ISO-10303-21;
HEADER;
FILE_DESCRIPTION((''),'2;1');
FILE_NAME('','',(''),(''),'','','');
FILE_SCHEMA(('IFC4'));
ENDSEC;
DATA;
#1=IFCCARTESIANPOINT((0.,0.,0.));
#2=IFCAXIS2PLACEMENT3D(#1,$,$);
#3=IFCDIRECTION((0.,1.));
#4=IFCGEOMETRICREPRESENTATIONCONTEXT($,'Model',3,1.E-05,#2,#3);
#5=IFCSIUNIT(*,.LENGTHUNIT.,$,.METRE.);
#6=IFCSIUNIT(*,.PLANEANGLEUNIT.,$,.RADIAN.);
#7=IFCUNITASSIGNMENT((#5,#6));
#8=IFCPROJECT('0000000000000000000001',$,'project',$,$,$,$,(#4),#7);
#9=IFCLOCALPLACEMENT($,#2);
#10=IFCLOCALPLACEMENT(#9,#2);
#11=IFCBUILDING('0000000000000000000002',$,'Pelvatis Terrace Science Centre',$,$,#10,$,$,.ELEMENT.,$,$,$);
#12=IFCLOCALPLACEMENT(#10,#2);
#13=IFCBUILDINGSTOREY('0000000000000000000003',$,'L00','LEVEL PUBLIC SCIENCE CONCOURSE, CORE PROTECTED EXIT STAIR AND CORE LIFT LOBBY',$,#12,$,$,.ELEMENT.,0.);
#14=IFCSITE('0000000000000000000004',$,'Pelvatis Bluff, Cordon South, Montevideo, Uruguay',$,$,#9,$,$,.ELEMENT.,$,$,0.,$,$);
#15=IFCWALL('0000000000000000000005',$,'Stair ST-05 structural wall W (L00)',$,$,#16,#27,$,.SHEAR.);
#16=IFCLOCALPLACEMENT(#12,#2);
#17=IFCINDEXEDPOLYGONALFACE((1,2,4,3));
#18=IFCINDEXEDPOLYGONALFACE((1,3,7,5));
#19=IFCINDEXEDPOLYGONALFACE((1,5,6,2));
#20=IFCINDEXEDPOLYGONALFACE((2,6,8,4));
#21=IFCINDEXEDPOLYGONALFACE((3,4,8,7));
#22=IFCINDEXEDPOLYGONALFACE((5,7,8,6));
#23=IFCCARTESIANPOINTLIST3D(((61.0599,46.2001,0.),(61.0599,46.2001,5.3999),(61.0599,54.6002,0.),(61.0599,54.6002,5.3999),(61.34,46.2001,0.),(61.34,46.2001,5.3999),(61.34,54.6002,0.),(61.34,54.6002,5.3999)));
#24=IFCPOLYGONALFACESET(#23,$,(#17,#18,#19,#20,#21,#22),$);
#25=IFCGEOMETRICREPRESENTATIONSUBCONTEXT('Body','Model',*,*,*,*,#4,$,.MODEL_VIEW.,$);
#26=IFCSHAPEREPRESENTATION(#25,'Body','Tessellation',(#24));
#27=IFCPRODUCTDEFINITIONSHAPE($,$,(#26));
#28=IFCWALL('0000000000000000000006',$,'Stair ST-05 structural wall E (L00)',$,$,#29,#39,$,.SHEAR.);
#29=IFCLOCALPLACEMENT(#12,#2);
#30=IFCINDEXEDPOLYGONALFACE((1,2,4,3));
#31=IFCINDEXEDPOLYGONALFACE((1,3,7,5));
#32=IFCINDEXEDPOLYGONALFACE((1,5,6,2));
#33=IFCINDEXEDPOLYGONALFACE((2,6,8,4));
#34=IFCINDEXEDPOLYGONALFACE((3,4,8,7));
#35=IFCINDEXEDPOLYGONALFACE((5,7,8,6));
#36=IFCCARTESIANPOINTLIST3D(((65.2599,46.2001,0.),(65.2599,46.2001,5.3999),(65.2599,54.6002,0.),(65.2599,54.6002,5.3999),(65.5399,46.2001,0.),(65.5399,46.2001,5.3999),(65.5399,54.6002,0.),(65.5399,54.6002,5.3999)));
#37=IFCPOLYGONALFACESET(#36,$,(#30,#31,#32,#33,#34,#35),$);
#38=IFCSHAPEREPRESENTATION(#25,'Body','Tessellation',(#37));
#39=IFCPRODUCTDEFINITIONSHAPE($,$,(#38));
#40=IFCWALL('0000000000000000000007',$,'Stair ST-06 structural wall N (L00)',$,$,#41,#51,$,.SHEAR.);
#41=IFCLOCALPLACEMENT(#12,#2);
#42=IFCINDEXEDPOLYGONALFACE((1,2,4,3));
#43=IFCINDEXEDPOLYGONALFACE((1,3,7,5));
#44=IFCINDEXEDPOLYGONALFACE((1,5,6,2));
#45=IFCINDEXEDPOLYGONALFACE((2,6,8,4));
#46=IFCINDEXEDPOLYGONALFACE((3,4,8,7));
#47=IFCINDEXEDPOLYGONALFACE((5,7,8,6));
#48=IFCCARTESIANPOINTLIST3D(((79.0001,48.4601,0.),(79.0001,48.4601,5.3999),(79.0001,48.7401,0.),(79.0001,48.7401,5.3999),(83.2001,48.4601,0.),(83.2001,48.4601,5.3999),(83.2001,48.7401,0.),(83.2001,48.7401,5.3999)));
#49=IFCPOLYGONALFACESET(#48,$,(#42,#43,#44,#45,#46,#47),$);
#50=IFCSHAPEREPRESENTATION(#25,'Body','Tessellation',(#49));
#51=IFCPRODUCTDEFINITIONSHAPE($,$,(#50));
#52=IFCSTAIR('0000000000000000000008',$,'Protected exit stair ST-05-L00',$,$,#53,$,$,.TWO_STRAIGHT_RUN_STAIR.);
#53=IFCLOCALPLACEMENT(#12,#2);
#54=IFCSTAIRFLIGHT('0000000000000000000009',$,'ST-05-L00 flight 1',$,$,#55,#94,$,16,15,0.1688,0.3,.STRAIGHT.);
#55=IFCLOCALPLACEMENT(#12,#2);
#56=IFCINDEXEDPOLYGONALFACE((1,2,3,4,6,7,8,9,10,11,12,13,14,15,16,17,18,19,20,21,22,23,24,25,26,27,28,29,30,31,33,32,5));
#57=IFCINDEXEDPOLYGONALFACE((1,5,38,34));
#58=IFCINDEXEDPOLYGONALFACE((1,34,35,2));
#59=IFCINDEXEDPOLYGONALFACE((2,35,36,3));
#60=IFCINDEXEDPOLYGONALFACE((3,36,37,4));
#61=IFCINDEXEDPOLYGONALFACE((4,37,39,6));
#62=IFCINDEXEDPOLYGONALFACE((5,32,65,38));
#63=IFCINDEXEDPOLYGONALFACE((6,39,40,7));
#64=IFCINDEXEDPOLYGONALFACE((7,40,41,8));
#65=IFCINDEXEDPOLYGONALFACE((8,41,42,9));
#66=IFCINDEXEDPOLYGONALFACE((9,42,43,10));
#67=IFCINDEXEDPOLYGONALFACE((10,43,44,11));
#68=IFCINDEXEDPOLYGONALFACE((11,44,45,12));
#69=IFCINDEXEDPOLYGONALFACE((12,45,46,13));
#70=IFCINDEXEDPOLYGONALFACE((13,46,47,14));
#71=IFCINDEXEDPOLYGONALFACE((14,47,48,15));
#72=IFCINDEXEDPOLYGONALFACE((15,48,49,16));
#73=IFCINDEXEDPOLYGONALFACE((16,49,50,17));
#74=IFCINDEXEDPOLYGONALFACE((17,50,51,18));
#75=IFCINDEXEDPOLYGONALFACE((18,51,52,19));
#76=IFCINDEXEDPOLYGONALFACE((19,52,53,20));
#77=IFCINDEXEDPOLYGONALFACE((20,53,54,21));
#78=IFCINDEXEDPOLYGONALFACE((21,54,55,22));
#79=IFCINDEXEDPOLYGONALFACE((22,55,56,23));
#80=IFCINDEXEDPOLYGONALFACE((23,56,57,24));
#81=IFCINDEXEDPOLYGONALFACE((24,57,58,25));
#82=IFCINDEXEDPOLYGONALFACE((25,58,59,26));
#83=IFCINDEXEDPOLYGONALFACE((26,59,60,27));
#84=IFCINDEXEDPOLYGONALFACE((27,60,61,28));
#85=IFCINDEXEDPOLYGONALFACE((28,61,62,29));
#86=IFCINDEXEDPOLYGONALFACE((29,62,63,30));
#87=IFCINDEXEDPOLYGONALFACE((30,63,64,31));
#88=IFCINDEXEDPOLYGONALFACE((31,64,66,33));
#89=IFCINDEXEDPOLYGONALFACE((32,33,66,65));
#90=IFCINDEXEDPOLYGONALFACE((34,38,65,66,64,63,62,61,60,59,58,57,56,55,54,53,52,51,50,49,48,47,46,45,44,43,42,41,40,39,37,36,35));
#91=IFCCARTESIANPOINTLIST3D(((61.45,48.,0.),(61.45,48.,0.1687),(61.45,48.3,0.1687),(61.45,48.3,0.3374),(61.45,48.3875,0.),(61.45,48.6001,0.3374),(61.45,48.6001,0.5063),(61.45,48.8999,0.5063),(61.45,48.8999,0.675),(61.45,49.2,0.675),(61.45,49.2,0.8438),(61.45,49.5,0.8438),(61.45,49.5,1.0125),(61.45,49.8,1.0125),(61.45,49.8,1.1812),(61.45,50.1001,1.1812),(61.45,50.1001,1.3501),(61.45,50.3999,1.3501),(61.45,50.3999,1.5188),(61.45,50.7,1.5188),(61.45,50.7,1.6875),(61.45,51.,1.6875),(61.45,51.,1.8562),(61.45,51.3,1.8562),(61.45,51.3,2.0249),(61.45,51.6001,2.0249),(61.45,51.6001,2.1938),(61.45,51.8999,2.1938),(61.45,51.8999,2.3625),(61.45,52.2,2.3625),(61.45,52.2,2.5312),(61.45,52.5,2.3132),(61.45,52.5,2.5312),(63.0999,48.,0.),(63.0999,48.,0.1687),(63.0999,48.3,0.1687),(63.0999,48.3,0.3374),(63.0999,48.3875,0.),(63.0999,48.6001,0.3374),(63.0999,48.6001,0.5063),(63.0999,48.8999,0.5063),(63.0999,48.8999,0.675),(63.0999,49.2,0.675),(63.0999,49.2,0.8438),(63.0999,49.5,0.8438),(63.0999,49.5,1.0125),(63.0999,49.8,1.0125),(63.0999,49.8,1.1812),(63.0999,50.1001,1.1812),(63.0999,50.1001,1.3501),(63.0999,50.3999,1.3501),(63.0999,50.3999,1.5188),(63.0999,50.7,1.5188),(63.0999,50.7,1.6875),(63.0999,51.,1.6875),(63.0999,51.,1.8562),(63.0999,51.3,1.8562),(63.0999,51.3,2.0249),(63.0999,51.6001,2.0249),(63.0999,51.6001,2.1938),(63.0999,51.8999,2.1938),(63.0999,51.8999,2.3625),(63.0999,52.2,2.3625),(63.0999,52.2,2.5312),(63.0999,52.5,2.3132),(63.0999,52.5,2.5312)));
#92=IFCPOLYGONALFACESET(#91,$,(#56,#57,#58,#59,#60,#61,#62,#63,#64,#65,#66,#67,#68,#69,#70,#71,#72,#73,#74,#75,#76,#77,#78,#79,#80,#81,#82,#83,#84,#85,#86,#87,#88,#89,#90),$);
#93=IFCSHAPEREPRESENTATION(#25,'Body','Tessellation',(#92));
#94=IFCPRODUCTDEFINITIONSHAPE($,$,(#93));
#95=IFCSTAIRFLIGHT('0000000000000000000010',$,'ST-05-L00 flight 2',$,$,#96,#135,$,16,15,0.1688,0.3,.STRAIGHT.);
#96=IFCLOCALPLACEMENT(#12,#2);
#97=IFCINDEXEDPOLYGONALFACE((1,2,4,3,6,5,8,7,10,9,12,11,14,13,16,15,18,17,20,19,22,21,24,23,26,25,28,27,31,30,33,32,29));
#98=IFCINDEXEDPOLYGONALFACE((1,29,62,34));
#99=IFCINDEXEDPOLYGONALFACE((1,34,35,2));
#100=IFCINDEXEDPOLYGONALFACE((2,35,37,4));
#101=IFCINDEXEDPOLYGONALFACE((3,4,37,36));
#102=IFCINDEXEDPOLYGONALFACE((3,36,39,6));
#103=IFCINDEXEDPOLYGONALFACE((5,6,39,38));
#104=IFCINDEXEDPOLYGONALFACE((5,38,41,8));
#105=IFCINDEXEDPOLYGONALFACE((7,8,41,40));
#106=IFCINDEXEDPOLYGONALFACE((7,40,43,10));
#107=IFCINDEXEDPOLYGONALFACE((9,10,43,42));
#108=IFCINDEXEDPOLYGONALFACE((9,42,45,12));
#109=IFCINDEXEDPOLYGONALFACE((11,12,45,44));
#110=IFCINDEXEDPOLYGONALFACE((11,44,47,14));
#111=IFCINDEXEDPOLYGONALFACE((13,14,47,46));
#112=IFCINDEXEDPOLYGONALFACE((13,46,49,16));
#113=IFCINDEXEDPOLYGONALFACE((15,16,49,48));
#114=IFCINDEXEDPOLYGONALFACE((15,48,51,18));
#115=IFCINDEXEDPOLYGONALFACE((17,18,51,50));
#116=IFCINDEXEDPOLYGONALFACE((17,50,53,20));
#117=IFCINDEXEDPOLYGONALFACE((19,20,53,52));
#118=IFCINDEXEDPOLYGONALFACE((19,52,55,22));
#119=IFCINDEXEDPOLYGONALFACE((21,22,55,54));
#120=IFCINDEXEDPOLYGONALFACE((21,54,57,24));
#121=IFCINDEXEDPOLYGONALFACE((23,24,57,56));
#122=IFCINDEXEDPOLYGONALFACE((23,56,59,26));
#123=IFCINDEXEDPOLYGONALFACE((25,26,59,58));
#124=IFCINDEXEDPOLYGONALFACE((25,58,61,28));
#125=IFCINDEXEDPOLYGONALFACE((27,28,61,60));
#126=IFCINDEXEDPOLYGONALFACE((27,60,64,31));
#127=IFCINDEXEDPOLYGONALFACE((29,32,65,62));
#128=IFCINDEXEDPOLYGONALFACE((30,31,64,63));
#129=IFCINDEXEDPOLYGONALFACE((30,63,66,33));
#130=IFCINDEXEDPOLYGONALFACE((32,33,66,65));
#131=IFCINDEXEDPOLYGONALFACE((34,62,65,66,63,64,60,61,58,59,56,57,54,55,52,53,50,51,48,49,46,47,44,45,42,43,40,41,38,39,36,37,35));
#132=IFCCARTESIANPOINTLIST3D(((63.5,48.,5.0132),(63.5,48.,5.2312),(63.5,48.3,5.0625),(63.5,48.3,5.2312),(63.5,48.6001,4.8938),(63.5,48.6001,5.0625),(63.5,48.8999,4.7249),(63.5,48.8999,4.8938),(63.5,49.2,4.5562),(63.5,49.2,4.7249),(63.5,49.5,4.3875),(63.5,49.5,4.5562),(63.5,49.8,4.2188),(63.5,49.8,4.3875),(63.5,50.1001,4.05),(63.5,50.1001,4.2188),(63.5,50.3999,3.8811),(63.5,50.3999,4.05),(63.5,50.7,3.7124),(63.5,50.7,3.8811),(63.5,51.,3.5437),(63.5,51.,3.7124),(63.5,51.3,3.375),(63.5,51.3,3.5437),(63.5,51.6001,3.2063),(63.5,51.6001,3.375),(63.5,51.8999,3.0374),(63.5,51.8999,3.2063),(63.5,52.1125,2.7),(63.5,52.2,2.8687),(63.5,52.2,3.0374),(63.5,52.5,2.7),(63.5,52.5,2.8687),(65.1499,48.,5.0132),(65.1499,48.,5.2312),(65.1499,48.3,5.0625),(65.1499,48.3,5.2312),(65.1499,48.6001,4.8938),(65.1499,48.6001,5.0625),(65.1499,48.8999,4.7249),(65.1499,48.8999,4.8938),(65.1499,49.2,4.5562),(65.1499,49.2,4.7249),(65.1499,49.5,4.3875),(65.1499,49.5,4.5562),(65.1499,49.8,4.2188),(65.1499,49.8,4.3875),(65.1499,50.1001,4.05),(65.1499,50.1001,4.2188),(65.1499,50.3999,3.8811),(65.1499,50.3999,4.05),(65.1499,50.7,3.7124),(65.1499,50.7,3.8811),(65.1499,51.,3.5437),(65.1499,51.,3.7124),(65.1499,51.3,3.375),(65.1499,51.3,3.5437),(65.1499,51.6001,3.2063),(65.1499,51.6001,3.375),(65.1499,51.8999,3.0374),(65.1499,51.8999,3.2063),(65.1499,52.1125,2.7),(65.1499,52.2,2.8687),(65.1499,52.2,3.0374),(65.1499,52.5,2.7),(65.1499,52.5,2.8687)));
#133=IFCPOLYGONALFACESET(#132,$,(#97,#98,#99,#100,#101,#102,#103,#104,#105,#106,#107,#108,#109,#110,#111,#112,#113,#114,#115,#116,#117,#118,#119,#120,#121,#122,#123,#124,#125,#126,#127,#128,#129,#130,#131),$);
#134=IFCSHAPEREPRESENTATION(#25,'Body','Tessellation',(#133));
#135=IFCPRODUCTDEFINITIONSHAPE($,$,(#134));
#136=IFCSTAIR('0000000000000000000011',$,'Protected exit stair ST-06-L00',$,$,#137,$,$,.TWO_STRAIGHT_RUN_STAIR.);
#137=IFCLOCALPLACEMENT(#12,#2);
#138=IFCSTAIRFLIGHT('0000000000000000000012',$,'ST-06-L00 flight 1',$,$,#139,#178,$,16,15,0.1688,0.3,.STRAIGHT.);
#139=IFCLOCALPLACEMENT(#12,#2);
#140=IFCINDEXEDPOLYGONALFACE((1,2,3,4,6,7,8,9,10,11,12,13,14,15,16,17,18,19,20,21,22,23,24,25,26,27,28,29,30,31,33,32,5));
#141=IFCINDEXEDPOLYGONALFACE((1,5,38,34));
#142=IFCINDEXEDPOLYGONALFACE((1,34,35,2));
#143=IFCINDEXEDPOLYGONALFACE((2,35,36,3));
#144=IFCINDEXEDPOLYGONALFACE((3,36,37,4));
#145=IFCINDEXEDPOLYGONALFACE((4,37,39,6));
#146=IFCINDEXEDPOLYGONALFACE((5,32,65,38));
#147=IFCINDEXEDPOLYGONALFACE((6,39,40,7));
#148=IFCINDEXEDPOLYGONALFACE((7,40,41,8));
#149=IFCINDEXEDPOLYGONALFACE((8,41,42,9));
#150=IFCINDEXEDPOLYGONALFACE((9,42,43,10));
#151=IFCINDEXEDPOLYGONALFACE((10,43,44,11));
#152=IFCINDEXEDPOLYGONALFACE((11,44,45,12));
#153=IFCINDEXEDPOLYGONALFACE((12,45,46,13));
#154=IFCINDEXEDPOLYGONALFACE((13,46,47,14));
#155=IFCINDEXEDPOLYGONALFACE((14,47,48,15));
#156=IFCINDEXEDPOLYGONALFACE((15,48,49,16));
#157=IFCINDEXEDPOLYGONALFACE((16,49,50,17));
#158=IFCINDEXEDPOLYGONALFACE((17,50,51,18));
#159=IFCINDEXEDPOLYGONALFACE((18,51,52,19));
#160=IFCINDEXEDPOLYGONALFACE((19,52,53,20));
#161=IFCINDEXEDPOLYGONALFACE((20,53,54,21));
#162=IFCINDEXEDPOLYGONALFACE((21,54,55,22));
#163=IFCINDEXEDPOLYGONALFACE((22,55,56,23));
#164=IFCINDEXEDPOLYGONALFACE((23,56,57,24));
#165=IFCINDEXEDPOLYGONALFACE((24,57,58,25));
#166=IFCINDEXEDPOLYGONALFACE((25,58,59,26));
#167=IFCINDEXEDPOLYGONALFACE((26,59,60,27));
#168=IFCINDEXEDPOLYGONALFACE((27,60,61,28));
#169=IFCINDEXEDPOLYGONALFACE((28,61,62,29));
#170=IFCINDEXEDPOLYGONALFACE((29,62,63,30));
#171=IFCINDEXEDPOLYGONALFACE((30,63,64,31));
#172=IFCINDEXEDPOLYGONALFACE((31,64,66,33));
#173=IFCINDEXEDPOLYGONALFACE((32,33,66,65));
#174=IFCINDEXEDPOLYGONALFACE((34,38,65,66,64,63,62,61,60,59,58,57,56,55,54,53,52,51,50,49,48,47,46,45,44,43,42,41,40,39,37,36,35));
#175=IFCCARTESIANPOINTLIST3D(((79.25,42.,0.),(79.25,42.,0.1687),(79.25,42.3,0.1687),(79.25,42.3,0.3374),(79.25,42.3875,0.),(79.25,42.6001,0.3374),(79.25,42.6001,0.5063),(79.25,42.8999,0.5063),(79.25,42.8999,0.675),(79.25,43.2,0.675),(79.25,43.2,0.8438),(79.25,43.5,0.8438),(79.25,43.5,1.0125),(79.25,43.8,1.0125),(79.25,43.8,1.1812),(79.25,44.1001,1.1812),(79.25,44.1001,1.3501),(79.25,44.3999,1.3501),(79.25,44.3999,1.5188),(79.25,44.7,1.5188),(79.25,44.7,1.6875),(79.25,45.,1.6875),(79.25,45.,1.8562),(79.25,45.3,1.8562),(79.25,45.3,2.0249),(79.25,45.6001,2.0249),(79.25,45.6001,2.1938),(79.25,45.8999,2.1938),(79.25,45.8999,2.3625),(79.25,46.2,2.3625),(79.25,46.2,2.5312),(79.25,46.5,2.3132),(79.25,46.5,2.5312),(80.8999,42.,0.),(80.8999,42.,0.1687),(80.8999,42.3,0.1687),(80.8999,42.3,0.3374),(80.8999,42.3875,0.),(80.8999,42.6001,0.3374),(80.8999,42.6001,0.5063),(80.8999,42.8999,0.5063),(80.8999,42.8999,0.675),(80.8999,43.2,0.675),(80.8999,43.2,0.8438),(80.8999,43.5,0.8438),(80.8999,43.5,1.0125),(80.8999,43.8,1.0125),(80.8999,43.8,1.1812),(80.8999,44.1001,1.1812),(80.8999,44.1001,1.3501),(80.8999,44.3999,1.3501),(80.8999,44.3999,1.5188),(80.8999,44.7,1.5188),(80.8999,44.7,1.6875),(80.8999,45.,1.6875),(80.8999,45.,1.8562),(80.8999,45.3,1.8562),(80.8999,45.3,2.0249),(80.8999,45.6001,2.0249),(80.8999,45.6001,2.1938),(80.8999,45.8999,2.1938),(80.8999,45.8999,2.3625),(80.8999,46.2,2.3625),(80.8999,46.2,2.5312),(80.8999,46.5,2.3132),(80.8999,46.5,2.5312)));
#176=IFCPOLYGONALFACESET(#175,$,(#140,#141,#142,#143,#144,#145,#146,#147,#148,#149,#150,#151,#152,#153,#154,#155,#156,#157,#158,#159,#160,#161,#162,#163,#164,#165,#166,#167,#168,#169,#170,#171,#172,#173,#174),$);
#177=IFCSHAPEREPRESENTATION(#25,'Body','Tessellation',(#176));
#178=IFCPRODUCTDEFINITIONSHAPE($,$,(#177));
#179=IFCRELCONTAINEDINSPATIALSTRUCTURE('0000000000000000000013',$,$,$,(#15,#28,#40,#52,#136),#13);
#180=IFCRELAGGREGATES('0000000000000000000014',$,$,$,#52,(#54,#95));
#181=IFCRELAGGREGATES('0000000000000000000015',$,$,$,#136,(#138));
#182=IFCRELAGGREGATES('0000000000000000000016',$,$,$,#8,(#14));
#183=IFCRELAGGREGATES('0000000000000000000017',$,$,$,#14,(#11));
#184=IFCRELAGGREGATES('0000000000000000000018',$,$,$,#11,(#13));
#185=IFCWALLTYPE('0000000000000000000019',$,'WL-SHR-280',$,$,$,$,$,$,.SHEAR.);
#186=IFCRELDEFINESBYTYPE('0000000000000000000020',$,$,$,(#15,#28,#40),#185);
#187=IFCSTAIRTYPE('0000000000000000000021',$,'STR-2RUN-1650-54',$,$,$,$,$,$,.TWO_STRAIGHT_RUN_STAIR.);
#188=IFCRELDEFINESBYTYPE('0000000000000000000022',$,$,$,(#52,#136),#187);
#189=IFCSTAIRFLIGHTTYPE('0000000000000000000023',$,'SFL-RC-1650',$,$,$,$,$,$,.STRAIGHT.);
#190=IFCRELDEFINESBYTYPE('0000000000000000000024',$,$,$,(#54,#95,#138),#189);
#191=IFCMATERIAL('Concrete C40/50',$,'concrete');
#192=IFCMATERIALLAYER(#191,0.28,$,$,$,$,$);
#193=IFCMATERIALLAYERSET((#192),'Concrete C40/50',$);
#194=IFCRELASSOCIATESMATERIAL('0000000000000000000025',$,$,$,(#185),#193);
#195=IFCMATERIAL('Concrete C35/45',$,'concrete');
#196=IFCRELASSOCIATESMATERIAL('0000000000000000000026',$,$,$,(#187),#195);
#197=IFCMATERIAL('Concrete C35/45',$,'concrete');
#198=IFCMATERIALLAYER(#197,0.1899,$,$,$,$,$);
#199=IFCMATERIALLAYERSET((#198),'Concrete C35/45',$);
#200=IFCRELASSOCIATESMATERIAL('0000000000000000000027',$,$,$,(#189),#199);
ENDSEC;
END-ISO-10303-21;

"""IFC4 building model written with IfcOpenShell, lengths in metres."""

from ifc_helpers import new_model, si_unit, direction, frame, frame_2d, origin, place, context, subcontext, project, spatial, polyline, rectangle, outline, extrude, material, layer, layer_set, type_object, element, aggregate, save


model = new_model("IFC4")

# Units and contexts
model_context = context("Model", 3, precision=1e-05, world=origin(), true_north=direction((0.0, 1.0)))
body_context = subcontext(model_context, "Body", "Model", "MODEL_VIEW")
ifc_project = project(units=[si_unit("LENGTHUNIT", "METRE"), si_unit("PLANEANGLEUNIT", "RADIAN")], contexts=[model_context])

# Site, building, storey
site_placement = place(None, origin())
site = spatial("IfcSite", under=ifc_project, at=site_placement, Name="Pelvatis Bluff, Cordon South, Montevideo, Uruguay", CompositionType="ELEMENT", RefElevation=0.0)
building_placement = place(site_placement, origin())
building = spatial("IfcBuilding", under=site, at=building_placement, Name="Pelvatis Terrace Science Centre", CompositionType="ELEMENT")
storey_placement = place(building_placement, origin())
storey = spatial("IfcBuildingStorey", under=building, at=storey_placement, Name="L00", Description="LEVEL PUBLIC SCIENCE CONCOURSE, CORE PROTECTED EXIT STAIR AND CORE LIFT LOBBY", CompositionType="ELEMENT", Elevation=0.0)

# Walls
ifc_material_1 = material(Name="Concrete C40/50", Category="concrete")
ifc_layer_1 = layer(ifc_material_1, 0.28)
ifc_layer_set_1 = layer_set([ifc_layer_1], Name="Concrete C40/50")
wall_type_1 = type_object("IfcWallType", Name="WL-SHR-280", PredefinedType="SHEAR", material=ifc_layer_set_1)
for number, where, z_axis, x_axis, name in (
    (1, (61.2, 46.2, 0.0), (0.0, 0.0, 1.0), (0.0, 1.0, 0.0), "Stair ST-05 structural wall W (L00)"),
    (2, (65.3999, 46.2, 0.0), (0.0, 0.0, 1.0), (0.0, 1.0, 0.0), "Stair ST-05 structural wall E (L00)"),
):
    element("IfcWall", number, at=place(storey_placement, frame(where, z_axis=z_axis, x_axis=x_axis)), inside=storey, type_object=wall_type_1, Name=name, PredefinedType="SHEAR", context=body_context, shape_type="SweptSolid", body=[
        extrude(rectangle(XDim=8.4001, YDim=0.28, at=frame_2d((4.2002, 0.0))), origin(), (0.0, 0.0, 1.0), 5.3999),
    ])
wall_1_placement = place(storey_placement, frame((79.0, 48.6001, 0.0), z_axis=(0.0, 0.0, 1.0), x_axis=(1.0, 0.0, 0.0)))
element("IfcWall", 3, at=wall_1_placement, inside=storey, type_object=wall_type_1, Name="Stair ST-06 structural wall N (L00)", PredefinedType="SHEAR", context=body_context, shape_type="SweptSolid", body=[
    extrude(rectangle(XDim=4.2, YDim=0.28, at=frame_2d((2.1001, 0.0))), origin(), (0.0, 0.0, 1.0), 5.3999),
])

# Stair, stair flights
ifc_material_2 = material(Name="Concrete C35/45", Category="concrete")
stair_type = type_object("IfcStairType", Name="STR-2RUN-1650-54", PredefinedType="TWO_STRAIGHT_RUN_STAIR", material=ifc_material_2)
stair_1_placement = place(storey_placement, origin())
stair_1 = element("IfcStair", 4, at=stair_1_placement, inside=storey, type_object=stair_type, Name="Protected exit stair ST-05-L00", PredefinedType="TWO_STRAIGHT_RUN_STAIR")
ifc_material_3 = material(Name="Concrete C35/45", Category="concrete")
ifc_layer_2 = layer(ifc_material_3, 0.1899)
ifc_layer_set_2 = layer_set([ifc_layer_2], Name="Concrete C35/45")
stair_flight_type = type_object("IfcStairFlightType", Name="SFL-RC-1650", PredefinedType="STRAIGHT", material=ifc_layer_set_2)
stair_flight_1_placement = place(storey_placement, frame((62.2749, 48.0, 0.0), z_axis=(0.0, 0.0, 1.0), x_axis=(0.0, 1.0, 0.0)))
stair_flight_1 = element("IfcStairFlight", 5, at=stair_flight_1_placement, type_object=stair_flight_type, Name="ST-05-L00 flight 1", NumberOfRisers=16, NumberOfTreads=15, PredefinedType="STRAIGHT", RiserHeight=0.1688, TreadLength=0.3, context=body_context, shape_type="SweptSolid", body=[
    extrude(outline(polyline([(0.0, 0.0), (0.0, 0.1687), (0.3, 0.1687), (0.3, 0.3374), (0.6001, 0.3374), (0.6001, 0.5063), (0.8999, 0.5063), (0.8999, 0.675), (1.2, 0.675), (1.2, 0.8438), (1.5, 0.8438), (1.5, 1.0125), (1.8, 1.0125), (1.8, 1.1812), (2.1001, 1.1812), (2.1001, 1.3501), (2.3999, 1.3501), (2.3999, 1.5188), (2.7, 1.5188), (2.7, 1.6875), (3.0, 1.6875), (3.0, 1.8562), (3.3, 1.8562), (3.3, 2.0249), (3.6001, 2.0249), (3.6001, 2.1938), (3.8999, 2.1938), (3.8999, 2.3625), (4.2, 2.3625), (4.2, 2.5312), (4.5, 2.5312), (4.5, 2.7), (4.5, 2.3132), (0.3875, 0.0), (0.0, 0.0)])), frame((0.0, 0.825, 0.0), z_axis=(0.0, -1.0, 0.0), x_axis=(1.0, 0.0, 0.0)), (0.0, 0.0, 1.0), 1.6499),
])
stair_flight_2_placement = place(storey_placement, frame((64.325, 52.5, 2.7), z_axis=(0.0, 0.0, 1.0), x_axis=(0.0, -1.0, 0.0)))
stair_flight_2 = element("IfcStairFlight", 6, at=stair_flight_2_placement, type_object=stair_flight_type, Name="ST-05-L00 flight 2", NumberOfRisers=16, NumberOfTreads=15, PredefinedType="STRAIGHT", RiserHeight=0.1688, TreadLength=0.3, context=body_context, shape_type="SweptSolid", body=[
    extrude(outline(polyline([(0.0, 0.0), (0.0, 0.1687), (0.3, 0.1687), (0.3, 0.3374), (0.6001, 0.3374), (0.6001, 0.5063), (0.8999, 0.5063), (0.8999, 0.675), (1.2, 0.675), (1.2, 0.8438), (1.5, 0.8438), (1.5, 1.0125), (1.8, 1.0125), (1.8, 1.1812), (2.1001, 1.1812), (2.1001, 1.3501), (2.3999, 1.3501), (2.3999, 1.5188), (2.7, 1.5188), (2.7, 1.6875), (3.0, 1.6875), (3.0, 1.8562), (3.3, 1.8562), (3.3, 2.0249), (3.6001, 2.0249), (3.6001, 2.1938), (3.8999, 2.1938), (3.8999, 2.3625), (4.2, 2.3625), (4.2, 2.5312), (4.5, 2.5312), (4.5, 2.7), (4.5, 2.3132), (0.3875, 0.0), (0.0, 0.0)])), frame((0.0, 0.825, 0.0), z_axis=(0.0, -1.0, 0.0), x_axis=(1.0, 0.0, 0.0)), (0.0, 0.0, 1.0), 1.6499),
])
aggregate(stair_1, [stair_flight_1, stair_flight_2])

# Stair, stair flight
stair_2_placement = place(storey_placement, origin())
stair_2 = element("IfcStair", 7, at=stair_2_placement, inside=storey, type_object=stair_type, Name="Protected exit stair ST-06-L00", PredefinedType="TWO_STRAIGHT_RUN_STAIR")
stair_flight_3_placement = place(storey_placement, frame((80.075, 42.0, 0.0), z_axis=(0.0, 0.0, 1.0), x_axis=(0.0, 1.0, 0.0)))
stair_flight_3 = element("IfcStairFlight", 8, at=stair_flight_3_placement, type_object=stair_flight_type, Name="ST-06-L00 flight 1", NumberOfRisers=16, NumberOfTreads=15, PredefinedType="STRAIGHT", RiserHeight=0.1688, TreadLength=0.3, context=body_context, shape_type="SweptSolid", body=[
    extrude(outline(polyline([(0.0, 0.0), (0.0, 0.1687), (0.3, 0.1687), (0.3, 0.3374), (0.6001, 0.3374), (0.6001, 0.5063), (0.8999, 0.5063), (0.8999, 0.675), (1.2, 0.675), (1.2, 0.8438), (1.5, 0.8438), (1.5, 1.0125), (1.8, 1.0125), (1.8, 1.1812), (2.1001, 1.1812), (2.1001, 1.3501), (2.3999, 1.3501), (2.3999, 1.5188), (2.7, 1.5188), (2.7, 1.6875), (3.0, 1.6875), (3.0, 1.8562), (3.3, 1.8562), (3.3, 2.0249), (3.6001, 2.0249), (3.6001, 2.1938), (3.8999, 2.1938), (3.8999, 2.3625), (4.2, 2.3625), (4.2, 2.5312), (4.5, 2.5312), (4.5, 2.7), (4.5, 2.3132), (0.3875, 0.0), (0.0, 0.0)])), frame((0.0, 0.825, 0.0), z_axis=(0.0, -1.0, 0.0), x_axis=(1.0, 0.0, 0.0)), (0.0, 0.0, 1.0), 1.6499),
])
aggregate(stair_2, [stair_flight_3])

save(model, "model.ifc")
